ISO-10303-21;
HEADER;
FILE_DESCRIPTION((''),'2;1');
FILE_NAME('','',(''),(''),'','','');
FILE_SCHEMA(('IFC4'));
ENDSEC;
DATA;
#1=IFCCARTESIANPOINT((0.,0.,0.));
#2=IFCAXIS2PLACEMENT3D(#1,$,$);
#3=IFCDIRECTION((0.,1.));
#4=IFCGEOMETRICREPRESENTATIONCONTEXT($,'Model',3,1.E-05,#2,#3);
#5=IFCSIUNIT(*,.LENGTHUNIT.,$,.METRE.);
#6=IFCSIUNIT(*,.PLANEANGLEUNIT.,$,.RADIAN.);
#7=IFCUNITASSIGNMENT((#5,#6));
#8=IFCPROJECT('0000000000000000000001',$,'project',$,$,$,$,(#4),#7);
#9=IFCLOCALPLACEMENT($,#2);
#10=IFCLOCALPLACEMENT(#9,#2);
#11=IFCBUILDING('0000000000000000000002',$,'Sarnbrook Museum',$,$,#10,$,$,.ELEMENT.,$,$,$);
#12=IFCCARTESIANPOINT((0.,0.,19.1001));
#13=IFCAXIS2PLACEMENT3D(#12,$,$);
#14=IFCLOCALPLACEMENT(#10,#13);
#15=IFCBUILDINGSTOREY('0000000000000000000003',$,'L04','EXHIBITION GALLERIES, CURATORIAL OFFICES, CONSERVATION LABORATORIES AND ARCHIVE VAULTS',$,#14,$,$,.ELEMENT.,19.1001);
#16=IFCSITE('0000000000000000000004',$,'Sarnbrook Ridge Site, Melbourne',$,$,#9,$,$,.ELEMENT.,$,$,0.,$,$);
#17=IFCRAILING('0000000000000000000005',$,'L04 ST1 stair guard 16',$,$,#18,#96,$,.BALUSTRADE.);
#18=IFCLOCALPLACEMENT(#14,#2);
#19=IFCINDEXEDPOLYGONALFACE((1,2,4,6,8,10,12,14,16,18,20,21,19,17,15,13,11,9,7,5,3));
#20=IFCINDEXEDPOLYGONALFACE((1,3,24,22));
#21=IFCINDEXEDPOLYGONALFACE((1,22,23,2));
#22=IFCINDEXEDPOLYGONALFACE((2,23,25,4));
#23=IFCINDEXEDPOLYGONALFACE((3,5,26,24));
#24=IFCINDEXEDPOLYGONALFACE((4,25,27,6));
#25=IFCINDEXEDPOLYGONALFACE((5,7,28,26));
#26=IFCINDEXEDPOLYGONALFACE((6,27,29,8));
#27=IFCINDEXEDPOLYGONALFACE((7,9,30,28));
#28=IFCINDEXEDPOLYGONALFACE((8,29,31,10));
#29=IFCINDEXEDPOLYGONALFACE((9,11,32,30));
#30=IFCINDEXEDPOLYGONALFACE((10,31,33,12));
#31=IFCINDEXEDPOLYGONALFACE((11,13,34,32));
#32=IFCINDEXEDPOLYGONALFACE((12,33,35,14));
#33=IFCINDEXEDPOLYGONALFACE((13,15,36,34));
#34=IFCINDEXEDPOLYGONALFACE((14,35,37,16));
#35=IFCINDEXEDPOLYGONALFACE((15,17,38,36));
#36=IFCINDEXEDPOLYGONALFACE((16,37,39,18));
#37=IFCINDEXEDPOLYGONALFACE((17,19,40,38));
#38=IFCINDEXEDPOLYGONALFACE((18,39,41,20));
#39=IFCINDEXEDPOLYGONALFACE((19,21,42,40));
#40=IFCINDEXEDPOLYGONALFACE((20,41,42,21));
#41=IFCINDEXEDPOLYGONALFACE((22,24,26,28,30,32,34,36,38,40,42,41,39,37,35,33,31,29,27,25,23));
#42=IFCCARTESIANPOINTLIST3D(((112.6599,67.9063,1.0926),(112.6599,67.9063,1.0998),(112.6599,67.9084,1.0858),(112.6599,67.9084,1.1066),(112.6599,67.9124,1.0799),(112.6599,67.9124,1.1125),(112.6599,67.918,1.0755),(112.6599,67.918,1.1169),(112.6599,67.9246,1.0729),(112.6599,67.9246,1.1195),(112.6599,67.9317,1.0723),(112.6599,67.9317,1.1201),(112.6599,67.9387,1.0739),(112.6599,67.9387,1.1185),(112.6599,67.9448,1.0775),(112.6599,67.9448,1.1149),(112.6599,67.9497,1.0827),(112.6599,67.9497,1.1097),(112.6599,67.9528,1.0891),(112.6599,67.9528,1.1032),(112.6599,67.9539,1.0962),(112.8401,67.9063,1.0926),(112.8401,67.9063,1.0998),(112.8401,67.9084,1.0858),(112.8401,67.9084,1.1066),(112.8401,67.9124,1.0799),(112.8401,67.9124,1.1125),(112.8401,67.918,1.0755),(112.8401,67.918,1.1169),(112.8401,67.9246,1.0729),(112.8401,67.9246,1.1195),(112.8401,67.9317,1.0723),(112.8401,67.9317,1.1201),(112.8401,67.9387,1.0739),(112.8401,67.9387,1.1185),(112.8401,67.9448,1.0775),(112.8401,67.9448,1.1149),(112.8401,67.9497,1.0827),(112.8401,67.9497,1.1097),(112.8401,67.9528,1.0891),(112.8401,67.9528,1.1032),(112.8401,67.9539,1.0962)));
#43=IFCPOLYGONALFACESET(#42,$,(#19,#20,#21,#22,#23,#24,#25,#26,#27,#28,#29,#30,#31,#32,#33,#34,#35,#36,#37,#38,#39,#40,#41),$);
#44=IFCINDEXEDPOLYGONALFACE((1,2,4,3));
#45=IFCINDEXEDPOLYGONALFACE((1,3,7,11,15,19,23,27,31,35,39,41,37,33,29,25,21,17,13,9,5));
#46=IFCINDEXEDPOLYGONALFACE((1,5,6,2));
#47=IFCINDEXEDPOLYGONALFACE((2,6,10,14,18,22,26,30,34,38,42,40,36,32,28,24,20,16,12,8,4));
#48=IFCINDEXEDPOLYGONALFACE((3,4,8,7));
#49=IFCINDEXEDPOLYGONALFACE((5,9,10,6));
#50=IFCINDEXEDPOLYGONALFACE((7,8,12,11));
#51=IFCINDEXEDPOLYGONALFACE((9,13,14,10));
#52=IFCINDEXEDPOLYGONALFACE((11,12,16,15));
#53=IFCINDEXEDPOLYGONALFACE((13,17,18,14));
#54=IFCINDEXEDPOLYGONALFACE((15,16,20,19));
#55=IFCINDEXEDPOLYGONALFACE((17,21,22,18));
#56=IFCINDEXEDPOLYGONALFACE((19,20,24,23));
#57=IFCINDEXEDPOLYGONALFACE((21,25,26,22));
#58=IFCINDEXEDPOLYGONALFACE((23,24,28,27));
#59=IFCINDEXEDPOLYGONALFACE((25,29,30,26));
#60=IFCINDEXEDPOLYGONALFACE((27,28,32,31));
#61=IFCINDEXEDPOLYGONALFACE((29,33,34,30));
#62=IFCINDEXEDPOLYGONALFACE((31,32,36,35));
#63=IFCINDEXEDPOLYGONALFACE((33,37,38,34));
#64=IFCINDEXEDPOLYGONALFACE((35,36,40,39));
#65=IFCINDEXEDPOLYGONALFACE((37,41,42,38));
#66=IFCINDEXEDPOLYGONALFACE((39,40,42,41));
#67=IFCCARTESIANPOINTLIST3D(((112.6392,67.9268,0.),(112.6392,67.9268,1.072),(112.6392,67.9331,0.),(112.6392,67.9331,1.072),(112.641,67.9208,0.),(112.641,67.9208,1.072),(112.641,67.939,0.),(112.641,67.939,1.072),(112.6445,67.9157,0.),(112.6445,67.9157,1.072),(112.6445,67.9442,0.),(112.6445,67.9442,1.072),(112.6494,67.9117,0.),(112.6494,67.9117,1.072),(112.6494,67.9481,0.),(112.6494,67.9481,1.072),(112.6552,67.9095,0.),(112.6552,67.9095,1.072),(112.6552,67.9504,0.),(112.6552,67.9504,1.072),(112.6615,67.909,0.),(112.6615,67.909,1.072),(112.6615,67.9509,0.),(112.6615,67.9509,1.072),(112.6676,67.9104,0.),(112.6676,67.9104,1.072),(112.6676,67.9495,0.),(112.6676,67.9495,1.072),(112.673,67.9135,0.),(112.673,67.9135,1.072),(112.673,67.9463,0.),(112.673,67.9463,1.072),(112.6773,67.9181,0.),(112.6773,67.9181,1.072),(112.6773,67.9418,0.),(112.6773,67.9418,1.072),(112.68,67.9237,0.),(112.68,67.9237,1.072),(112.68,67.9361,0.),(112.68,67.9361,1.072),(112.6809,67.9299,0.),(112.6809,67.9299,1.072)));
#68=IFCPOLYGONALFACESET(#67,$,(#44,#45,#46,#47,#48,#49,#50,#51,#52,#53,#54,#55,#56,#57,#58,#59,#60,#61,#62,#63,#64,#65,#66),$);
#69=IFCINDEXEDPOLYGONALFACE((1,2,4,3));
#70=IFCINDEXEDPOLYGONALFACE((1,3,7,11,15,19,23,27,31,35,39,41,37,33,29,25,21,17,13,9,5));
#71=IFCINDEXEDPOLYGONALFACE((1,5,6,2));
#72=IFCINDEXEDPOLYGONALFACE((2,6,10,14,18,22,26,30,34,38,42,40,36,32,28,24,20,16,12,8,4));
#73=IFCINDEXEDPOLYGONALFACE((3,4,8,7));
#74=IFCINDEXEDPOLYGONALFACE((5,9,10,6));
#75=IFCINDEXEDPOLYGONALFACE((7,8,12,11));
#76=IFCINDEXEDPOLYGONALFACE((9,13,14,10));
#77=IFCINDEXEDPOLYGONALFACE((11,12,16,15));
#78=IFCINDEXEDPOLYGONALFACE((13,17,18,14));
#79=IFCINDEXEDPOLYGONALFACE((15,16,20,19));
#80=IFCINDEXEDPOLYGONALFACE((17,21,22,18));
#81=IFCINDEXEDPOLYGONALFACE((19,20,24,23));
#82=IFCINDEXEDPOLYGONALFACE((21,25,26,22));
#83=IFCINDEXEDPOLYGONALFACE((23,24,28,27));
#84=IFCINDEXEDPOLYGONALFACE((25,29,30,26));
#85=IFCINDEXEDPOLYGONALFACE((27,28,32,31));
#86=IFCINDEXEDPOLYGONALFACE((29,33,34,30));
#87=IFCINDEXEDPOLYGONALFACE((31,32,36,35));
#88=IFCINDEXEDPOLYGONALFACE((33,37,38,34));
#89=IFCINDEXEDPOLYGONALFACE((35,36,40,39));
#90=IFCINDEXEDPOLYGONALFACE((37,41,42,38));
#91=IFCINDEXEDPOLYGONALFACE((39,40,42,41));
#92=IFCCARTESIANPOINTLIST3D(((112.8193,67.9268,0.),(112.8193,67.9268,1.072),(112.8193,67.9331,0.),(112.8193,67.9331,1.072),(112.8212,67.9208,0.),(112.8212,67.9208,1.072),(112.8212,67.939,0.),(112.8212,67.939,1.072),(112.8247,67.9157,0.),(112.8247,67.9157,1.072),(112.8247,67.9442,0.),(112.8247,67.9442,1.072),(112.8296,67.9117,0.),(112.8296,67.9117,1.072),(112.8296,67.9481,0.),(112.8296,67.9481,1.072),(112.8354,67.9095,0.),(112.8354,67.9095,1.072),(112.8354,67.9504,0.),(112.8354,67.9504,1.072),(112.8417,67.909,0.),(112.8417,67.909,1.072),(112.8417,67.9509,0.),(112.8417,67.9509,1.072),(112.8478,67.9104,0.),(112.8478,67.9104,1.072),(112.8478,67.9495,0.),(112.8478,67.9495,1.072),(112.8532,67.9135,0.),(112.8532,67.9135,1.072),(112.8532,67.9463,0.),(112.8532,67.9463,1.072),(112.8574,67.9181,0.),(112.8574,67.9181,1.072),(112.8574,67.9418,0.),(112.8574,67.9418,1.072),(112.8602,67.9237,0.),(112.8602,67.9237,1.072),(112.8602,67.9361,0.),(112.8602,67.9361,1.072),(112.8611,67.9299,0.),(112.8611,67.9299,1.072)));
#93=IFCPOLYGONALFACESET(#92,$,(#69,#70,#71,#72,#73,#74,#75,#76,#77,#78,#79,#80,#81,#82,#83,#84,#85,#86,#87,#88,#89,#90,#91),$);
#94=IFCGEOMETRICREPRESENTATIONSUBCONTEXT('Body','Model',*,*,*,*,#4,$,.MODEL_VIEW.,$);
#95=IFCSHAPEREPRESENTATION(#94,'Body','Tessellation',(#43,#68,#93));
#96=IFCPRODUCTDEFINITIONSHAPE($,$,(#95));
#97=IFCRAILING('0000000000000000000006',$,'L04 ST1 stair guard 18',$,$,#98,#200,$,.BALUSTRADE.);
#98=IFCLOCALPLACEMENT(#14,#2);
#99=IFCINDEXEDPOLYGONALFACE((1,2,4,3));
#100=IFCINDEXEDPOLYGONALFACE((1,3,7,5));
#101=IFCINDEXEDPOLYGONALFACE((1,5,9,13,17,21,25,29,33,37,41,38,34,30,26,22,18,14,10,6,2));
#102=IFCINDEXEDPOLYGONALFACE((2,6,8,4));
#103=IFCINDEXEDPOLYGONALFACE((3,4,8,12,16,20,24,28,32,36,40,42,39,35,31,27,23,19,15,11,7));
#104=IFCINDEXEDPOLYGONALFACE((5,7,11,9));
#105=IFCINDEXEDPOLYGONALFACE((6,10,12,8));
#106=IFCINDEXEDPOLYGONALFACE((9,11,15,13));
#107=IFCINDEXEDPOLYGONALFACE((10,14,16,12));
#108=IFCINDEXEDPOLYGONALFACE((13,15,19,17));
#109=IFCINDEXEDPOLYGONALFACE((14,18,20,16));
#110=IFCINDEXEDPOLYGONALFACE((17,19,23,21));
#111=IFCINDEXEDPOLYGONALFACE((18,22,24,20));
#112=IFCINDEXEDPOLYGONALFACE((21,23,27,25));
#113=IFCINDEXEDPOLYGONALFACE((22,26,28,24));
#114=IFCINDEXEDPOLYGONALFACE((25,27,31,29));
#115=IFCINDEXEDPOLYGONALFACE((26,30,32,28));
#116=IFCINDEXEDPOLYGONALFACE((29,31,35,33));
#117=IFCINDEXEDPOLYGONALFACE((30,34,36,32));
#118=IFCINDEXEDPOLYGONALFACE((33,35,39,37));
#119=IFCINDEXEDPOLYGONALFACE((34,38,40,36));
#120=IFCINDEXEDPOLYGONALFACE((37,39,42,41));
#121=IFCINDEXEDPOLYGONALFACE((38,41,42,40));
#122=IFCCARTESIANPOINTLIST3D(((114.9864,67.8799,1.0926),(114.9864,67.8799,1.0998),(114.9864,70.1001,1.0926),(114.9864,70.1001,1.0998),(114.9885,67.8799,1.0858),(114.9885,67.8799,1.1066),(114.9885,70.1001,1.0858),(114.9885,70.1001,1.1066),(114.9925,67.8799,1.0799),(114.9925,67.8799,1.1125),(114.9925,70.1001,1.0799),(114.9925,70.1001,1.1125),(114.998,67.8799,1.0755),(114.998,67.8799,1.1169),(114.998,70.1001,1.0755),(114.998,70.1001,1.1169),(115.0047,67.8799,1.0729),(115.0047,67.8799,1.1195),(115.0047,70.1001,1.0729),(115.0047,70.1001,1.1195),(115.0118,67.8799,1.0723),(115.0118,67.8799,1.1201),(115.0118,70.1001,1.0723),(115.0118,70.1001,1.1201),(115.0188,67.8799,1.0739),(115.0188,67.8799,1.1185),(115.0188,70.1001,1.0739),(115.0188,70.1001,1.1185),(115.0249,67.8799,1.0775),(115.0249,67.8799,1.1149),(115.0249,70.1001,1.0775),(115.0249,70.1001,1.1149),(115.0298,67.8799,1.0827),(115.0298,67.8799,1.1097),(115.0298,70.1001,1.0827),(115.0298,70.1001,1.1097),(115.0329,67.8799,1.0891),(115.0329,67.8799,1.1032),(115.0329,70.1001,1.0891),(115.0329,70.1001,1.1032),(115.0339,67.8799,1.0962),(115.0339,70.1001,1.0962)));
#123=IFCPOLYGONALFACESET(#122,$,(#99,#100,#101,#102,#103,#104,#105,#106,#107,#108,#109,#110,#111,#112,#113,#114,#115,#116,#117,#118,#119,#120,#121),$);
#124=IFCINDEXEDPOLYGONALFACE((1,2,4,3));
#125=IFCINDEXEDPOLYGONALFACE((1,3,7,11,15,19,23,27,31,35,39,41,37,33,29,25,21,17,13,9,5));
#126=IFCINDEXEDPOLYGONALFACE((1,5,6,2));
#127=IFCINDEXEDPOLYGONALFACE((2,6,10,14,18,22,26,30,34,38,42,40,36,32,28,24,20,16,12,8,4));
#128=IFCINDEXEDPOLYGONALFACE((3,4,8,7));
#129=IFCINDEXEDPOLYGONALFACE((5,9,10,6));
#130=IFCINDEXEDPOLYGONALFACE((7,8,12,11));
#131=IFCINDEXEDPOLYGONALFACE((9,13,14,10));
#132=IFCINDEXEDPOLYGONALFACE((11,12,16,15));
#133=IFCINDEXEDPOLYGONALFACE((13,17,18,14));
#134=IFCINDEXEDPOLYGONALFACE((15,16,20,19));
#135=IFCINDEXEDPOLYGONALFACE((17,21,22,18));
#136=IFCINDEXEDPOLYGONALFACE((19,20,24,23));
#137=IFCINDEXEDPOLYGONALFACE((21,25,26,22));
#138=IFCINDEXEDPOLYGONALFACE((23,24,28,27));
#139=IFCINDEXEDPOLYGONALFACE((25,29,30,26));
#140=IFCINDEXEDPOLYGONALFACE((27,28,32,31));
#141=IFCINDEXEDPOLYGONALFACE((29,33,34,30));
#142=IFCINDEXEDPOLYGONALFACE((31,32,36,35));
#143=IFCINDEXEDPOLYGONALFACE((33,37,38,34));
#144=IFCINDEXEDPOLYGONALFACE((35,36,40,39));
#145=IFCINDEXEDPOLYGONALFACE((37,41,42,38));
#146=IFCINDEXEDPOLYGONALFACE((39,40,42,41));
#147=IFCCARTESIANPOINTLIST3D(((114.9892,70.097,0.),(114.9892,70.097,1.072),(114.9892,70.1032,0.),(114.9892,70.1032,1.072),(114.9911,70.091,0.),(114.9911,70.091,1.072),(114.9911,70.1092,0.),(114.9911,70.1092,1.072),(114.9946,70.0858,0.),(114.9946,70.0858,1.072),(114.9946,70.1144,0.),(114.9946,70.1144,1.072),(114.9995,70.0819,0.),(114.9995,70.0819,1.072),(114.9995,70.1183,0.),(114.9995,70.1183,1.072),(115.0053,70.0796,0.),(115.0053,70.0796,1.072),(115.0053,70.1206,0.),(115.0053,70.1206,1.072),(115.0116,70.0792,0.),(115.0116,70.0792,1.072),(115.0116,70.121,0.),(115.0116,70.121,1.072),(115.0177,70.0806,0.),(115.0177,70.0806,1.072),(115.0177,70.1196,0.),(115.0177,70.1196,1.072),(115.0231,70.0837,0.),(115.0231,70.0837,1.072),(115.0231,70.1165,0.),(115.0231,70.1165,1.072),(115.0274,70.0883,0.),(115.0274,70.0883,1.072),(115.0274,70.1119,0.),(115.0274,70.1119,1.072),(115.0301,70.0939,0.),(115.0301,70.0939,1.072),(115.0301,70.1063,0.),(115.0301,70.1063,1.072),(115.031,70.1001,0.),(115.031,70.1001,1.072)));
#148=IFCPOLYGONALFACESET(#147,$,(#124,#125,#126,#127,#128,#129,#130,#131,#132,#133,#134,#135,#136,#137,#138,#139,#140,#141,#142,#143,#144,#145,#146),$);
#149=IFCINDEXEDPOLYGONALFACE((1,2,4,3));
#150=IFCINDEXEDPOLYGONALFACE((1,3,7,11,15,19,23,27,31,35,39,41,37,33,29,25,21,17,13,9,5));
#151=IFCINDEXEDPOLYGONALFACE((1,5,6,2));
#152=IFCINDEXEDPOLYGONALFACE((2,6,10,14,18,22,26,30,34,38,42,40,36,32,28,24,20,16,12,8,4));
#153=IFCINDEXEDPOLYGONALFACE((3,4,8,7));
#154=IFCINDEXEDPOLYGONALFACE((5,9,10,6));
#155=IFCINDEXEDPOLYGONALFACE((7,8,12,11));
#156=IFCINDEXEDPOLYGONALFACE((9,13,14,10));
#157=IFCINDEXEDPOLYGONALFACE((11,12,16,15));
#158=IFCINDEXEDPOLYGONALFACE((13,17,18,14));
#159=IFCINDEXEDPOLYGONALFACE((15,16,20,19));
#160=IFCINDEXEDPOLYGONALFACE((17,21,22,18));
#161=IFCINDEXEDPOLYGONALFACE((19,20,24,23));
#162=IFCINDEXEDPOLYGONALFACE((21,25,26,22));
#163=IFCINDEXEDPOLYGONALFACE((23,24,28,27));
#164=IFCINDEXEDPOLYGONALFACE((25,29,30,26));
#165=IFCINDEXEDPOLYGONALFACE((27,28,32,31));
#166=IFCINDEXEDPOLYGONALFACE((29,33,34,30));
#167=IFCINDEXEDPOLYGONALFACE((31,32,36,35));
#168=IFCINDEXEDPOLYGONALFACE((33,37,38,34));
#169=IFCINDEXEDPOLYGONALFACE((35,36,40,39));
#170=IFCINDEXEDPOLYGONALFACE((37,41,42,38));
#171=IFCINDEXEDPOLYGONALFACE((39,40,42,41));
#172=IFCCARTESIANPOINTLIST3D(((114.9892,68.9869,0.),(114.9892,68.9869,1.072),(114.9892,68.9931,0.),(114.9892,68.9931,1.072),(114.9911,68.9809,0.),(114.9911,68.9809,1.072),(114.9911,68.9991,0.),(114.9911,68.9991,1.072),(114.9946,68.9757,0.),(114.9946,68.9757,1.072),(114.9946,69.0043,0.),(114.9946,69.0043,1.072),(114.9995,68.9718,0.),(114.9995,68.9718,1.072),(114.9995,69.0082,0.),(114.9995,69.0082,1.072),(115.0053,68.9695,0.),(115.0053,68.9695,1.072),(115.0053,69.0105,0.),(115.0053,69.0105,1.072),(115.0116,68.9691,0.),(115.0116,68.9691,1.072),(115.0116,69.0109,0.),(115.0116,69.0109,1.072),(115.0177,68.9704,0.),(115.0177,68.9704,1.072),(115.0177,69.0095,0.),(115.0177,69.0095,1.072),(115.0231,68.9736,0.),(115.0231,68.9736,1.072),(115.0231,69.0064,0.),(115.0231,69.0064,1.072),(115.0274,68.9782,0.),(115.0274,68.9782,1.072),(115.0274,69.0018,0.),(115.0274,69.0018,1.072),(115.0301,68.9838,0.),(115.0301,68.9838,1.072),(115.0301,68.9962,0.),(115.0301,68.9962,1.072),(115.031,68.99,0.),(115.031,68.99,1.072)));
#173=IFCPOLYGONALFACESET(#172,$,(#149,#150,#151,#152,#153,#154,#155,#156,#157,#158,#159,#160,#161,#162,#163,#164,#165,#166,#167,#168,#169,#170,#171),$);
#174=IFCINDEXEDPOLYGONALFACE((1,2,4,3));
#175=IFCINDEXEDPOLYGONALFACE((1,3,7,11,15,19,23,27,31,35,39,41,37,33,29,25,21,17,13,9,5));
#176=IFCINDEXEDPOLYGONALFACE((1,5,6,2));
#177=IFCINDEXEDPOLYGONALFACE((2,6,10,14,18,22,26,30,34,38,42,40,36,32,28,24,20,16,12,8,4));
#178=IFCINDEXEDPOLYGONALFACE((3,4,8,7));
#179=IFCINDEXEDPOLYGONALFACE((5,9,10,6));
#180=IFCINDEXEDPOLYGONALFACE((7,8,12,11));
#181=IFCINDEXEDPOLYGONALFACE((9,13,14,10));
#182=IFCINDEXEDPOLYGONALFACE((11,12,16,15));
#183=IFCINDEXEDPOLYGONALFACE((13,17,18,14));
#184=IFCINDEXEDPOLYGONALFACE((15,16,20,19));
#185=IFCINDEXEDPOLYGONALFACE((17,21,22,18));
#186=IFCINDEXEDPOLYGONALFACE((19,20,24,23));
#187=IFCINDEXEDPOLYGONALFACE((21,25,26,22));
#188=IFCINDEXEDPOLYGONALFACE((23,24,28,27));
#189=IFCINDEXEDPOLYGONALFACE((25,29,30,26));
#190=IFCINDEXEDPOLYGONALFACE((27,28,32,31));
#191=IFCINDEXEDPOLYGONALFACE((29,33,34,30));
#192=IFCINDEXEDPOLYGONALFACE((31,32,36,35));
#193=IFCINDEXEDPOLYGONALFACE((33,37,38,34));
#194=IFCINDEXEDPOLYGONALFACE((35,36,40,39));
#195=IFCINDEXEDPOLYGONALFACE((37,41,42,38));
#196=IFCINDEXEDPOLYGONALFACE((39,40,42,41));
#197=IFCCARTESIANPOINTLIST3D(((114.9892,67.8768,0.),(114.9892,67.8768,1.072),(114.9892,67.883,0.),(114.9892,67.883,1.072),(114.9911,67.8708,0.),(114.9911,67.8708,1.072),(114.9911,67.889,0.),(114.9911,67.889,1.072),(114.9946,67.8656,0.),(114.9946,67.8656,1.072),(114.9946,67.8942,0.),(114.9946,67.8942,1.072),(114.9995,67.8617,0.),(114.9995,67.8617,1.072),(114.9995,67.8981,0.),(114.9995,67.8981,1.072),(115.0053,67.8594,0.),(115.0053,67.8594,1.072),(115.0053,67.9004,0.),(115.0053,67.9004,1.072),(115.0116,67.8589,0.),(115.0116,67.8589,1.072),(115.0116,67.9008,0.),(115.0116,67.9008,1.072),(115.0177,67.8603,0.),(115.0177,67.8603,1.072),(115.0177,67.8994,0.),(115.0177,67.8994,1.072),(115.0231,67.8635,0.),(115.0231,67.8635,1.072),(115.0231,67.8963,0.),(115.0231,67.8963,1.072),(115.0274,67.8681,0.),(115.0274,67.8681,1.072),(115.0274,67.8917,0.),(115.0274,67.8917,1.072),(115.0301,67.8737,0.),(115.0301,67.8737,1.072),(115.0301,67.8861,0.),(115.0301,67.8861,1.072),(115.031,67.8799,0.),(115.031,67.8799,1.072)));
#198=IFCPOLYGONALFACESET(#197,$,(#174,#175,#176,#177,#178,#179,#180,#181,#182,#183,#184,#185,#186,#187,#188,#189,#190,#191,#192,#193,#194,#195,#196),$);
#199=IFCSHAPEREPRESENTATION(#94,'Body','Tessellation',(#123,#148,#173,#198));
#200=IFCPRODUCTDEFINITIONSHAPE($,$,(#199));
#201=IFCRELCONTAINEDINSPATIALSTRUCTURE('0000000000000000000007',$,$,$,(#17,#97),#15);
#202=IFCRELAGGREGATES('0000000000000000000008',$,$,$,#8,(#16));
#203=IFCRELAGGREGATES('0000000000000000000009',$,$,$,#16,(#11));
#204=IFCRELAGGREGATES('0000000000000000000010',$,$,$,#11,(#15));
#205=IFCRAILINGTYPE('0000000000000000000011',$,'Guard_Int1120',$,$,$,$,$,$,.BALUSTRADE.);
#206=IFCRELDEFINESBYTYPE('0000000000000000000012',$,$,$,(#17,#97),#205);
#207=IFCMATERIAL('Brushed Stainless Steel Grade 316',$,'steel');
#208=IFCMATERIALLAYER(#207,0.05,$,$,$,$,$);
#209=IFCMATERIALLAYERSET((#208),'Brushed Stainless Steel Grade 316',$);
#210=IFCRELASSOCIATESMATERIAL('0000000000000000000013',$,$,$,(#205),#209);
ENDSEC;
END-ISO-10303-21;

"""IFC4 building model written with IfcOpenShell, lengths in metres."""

from ifc_helpers import new_model, si_unit, direction, frame, origin, origin_2d, place, context, subcontext, project, spatial, circle, extrude, material, layer, layer_set, type_object, element, save


model = new_model("IFC4")

# Units and contexts
model_context = context("Model", 3, precision=1e-05, world=origin(), true_north=direction((0.0, 1.0)))
body_context = subcontext(model_context, "Body", "Model", "MODEL_VIEW")
ifc_project = project(units=[si_unit("LENGTHUNIT", "METRE"), si_unit("PLANEANGLEUNIT", "RADIAN")], contexts=[model_context])

# Site, building, storey
site_placement = place(None, origin())
site = spatial("IfcSite", under=ifc_project, at=site_placement, Name="Sarnbrook Ridge Site, Melbourne", CompositionType="ELEMENT", RefElevation=0.0)
building_placement = place(site_placement, origin())
building = spatial("IfcBuilding", under=site, at=building_placement, Name="Sarnbrook Museum", CompositionType="ELEMENT")
storey_placement = place(building_placement, frame((0.0, 0.0, 19.1001)))
storey = spatial("IfcBuildingStorey", under=building, at=storey_placement, Name="L04", Description="EXHIBITION GALLERIES, CURATORIAL OFFICES, CONSERVATION LABORATORIES AND ARCHIVE VAULTS", CompositionType="ELEMENT", Elevation=19.1001)

# Railings
ifc_material_1 = material(Name="Brushed Stainless Steel Grade 316", Category="steel")
ifc_layer_1 = layer(ifc_material_1, 0.05)
ifc_layer_set_1 = layer_set([ifc_layer_1], Name="Brushed Stainless Steel Grade 316")
railing_type = type_object("IfcRailingType", Name="Guard_Int1120", PredefinedType="BALUSTRADE", material=ifc_layer_set_1)
railing_1_placement = place(storey_placement, frame((112.6599, 67.9299, 0.0)))
element("IfcRailing", 1, at=railing_1_placement, inside=storey, type_object=railing_type, Name="L04 ST1 stair guard 16", PredefinedType="BALUSTRADE", context=body_context, shape_type="SweptSolid", body=[
    extrude(circle(Radius=0.0239, at=origin_2d()), frame((0.0, 0.0, 1.0962), z_axis=(1.0, 0.0, 0.0), x_axis=(0.0, 1.0, 0.0)), (0.0, 0.0, 1.0), 0.1802),
    extrude(circle(Radius=0.021, at=origin_2d()), origin(), (0.0, 0.0, 1.0), 1.072),
    extrude(circle(Radius=0.021, at=origin_2d()), frame((0.1802, 0.0, 0.0)), (0.0, 0.0, 1.0), 1.072),
])
railing_2_placement = place(storey_placement, frame((115.01, 70.1001, 0.0)))
element("IfcRailing", 2, at=railing_2_placement, inside=storey, type_object=railing_type, Name="L04 ST1 stair guard 18", PredefinedType="BALUSTRADE", context=body_context, shape_type="SweptSolid", body=[
    extrude(circle(Radius=0.0239, at=origin_2d()), frame((0.0, 0.0, 1.0962), z_axis=(0.0, -1.0, 0.0), x_axis=(1.0, 0.0, 0.0)), (0.0, 0.0, 1.0), 2.2202),
    extrude(circle(Radius=0.021, at=origin_2d()), origin(), (0.0, 0.0, 1.0), 1.072),
    extrude(circle(Radius=0.021, at=origin_2d()), frame((0.0, -1.1101, 0.0)), (0.0, 0.0, 1.0), 1.072),
    extrude(circle(Radius=0.021, at=origin_2d()), frame((0.0, -2.2202, 0.0)), (0.0, 0.0, 1.0), 1.072),
])

save(model, "model.ifc")
